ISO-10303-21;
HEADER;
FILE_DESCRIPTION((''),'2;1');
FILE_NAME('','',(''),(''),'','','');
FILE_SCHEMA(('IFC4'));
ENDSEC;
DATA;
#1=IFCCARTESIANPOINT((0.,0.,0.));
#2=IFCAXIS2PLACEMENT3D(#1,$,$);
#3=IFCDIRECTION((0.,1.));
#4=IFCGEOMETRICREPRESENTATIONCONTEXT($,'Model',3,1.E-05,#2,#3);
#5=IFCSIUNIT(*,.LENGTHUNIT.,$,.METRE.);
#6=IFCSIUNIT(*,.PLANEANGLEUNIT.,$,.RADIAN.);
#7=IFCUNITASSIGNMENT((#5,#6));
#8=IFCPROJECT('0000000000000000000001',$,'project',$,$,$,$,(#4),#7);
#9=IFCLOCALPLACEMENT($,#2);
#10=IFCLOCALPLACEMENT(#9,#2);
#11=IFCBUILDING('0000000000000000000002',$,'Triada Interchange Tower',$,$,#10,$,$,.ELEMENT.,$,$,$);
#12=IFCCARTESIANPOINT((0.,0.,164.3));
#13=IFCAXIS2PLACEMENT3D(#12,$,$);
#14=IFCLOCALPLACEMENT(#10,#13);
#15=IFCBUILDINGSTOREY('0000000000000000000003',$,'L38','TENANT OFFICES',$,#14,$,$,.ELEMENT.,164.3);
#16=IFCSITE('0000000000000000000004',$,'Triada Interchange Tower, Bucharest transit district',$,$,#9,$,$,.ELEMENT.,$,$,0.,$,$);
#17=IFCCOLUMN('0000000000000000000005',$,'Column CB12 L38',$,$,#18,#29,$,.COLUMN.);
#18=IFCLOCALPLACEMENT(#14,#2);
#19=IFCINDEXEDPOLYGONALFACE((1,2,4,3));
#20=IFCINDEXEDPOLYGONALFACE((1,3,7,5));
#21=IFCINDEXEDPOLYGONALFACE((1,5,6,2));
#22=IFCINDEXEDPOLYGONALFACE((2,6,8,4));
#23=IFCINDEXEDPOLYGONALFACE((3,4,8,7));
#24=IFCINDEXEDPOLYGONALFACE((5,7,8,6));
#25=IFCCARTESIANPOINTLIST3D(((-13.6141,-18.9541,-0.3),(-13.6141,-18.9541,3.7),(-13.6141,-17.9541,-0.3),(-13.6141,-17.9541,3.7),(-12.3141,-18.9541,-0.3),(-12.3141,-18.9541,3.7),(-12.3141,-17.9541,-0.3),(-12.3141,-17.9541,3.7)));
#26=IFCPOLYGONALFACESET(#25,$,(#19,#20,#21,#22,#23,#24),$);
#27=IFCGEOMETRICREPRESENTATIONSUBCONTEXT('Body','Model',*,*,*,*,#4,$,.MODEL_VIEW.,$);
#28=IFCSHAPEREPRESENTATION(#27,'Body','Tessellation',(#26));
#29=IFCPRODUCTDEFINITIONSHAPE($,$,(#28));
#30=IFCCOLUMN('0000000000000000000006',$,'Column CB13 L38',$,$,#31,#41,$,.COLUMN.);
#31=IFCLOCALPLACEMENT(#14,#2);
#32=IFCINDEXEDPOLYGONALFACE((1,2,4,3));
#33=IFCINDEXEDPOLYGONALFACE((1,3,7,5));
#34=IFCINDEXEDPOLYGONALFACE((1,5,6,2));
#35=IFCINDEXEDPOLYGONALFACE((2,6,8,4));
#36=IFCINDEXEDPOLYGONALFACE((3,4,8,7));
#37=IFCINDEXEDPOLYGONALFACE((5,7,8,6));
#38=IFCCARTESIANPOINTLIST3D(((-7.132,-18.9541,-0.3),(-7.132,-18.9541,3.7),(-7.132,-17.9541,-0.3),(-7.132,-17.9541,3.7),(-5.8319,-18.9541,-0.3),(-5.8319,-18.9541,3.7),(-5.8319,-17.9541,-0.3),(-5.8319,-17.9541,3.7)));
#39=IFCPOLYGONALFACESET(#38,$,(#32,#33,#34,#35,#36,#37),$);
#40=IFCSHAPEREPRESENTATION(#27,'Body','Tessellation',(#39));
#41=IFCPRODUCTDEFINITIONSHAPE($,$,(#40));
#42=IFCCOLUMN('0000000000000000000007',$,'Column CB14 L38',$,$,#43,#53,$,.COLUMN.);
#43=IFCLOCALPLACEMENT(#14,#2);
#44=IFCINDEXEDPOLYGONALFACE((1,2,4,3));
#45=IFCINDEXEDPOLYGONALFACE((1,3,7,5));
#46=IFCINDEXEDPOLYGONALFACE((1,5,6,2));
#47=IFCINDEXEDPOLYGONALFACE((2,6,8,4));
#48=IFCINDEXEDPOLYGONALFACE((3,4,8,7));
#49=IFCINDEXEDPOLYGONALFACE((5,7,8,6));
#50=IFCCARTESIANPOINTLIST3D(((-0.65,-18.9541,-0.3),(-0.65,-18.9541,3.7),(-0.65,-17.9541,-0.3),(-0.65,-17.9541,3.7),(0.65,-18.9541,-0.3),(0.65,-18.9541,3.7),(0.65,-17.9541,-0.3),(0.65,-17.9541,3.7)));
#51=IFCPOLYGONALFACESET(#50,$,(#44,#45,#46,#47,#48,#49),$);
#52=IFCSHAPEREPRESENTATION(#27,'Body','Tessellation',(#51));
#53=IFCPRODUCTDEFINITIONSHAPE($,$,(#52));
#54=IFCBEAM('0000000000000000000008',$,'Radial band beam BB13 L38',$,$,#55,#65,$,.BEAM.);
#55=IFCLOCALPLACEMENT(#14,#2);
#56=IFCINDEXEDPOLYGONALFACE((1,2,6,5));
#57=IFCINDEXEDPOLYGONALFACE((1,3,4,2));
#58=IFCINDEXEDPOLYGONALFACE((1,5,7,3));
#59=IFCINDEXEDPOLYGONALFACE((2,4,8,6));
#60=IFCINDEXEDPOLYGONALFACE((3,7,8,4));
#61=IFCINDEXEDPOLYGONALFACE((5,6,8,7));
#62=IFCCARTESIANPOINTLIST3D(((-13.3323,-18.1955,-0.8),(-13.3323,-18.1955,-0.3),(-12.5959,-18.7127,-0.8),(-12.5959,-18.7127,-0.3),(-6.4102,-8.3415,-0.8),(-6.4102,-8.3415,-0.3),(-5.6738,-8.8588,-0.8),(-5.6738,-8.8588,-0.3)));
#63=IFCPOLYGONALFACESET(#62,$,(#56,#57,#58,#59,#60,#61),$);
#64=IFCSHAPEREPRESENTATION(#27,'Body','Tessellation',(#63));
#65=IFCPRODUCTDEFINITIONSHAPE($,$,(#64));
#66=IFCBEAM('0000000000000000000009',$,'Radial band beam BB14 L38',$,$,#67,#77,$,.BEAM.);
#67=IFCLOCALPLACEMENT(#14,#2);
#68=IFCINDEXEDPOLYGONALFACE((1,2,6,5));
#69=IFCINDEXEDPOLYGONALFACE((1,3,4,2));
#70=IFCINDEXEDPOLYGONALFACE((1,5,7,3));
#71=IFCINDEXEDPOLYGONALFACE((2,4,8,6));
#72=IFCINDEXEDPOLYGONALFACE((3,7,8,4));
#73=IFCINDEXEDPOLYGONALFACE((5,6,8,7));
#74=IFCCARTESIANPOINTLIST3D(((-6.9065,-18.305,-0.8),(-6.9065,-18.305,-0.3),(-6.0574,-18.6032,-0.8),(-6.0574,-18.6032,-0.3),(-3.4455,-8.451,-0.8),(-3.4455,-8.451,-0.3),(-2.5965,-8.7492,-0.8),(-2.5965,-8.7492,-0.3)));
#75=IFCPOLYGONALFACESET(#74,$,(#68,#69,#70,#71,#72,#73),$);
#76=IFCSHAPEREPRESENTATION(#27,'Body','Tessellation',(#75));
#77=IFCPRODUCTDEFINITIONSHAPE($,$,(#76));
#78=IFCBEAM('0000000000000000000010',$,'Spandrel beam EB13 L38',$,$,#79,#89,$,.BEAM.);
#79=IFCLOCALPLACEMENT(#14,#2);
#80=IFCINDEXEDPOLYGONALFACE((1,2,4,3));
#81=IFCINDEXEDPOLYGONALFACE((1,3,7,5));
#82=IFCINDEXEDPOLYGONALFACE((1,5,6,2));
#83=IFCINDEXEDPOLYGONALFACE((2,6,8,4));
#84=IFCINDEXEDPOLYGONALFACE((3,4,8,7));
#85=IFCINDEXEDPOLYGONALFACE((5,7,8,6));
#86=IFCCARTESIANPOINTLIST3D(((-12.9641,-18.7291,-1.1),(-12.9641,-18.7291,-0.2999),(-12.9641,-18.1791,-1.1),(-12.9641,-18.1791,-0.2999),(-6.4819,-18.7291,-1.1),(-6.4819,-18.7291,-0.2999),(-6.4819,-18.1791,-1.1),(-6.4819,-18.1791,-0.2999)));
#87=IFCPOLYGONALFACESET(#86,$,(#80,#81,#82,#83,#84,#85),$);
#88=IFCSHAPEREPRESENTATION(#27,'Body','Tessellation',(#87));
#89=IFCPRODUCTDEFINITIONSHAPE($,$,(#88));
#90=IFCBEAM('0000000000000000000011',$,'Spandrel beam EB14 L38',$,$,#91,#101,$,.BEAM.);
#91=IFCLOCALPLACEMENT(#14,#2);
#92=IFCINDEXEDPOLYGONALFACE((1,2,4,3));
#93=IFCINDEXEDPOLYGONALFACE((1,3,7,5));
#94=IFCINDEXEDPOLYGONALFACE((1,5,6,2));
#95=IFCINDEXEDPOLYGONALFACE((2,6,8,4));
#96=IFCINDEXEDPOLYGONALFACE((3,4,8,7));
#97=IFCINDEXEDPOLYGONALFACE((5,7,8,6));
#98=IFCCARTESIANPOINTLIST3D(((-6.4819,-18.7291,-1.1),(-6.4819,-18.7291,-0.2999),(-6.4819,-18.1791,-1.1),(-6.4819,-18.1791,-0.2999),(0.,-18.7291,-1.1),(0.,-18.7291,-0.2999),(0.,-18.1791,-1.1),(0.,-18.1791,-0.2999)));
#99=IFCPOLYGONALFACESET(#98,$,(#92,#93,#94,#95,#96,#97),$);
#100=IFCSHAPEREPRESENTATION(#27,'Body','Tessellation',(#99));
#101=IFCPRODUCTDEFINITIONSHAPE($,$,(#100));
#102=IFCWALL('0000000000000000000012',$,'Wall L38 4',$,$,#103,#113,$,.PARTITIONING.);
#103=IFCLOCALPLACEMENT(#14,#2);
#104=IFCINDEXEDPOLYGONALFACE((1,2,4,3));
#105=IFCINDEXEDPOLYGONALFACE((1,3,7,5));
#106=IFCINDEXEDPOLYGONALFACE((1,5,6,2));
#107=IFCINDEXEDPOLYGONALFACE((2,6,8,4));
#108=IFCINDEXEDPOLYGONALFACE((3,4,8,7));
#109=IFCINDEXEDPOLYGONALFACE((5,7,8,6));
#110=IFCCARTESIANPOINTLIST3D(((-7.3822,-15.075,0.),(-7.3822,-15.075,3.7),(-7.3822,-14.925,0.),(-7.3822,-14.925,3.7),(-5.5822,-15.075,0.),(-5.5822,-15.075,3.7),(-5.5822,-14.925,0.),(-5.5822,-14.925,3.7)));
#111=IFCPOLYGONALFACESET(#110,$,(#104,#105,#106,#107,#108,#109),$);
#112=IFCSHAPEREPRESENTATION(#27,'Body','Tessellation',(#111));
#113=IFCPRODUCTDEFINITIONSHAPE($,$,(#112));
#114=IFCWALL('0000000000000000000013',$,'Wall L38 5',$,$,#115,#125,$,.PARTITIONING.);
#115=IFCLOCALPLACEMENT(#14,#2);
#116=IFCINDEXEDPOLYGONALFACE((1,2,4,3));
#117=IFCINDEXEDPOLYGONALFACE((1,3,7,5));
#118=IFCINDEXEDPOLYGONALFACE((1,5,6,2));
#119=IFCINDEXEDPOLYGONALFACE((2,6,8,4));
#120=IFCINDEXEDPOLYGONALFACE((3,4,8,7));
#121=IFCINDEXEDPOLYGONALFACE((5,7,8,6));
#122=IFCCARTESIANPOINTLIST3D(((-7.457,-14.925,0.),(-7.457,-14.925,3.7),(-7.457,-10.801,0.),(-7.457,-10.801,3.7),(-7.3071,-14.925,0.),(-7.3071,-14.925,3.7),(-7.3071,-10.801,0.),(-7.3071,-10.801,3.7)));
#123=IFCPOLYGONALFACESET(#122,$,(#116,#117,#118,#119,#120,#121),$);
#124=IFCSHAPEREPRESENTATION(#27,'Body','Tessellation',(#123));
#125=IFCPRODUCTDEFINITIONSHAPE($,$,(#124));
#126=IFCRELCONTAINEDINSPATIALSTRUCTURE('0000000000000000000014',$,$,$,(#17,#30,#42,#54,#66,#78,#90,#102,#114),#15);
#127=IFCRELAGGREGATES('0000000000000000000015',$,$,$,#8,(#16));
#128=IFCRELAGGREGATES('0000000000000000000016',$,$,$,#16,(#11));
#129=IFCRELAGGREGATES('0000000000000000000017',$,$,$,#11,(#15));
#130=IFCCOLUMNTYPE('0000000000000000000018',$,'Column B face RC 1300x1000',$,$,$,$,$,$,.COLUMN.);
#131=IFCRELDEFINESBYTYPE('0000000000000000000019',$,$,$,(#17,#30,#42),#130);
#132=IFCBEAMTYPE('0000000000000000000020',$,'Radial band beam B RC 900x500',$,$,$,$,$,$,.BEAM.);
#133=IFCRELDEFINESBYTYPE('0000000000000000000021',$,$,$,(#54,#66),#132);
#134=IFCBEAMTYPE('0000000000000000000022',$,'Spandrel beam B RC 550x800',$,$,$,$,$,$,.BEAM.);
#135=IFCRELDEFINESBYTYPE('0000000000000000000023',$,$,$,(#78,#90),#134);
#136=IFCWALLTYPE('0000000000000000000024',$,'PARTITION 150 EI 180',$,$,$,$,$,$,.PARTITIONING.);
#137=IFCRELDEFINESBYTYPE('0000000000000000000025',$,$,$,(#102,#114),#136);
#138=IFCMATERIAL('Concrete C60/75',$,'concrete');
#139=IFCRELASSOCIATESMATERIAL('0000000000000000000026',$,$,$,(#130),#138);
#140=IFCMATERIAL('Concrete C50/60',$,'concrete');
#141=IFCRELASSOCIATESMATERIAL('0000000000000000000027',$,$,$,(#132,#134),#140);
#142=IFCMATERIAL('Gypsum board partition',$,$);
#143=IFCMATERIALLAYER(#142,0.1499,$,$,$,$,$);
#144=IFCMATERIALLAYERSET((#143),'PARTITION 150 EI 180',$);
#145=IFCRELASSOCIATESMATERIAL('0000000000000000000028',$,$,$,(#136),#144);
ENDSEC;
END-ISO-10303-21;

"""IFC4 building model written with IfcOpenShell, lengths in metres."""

from ifc_helpers import new_model, si_unit, direction, frame, frame_2d, origin, origin_2d, place, context, subcontext, project, spatial, rectangle, extrude, material, layer, layer_set, material_profile, profile_set, type_object, element, save


model = new_model("IFC4")

# Units and contexts
model_context = context("Model", 3, precision=1e-05, world=origin(), true_north=direction((0.0, 1.0)))
body_context = subcontext(model_context, "Body", "Model", "MODEL_VIEW")
ifc_project = project(units=[si_unit("LENGTHUNIT", "METRE"), si_unit("PLANEANGLEUNIT", "RADIAN")], contexts=[model_context])

# Site, building, storey
site_placement = place(None, origin())
site = spatial("IfcSite", under=ifc_project, at=site_placement, Name="Triada Interchange Tower, Bucharest transit district", CompositionType="ELEMENT", RefElevation=0.0)
building_placement = place(site_placement, origin())
building = spatial("IfcBuilding", under=site, at=building_placement, Name="Triada Interchange Tower", CompositionType="ELEMENT")
storey_placement = place(building_placement, frame((0.0, 0.0, 164.3)))
storey = spatial("IfcBuildingStorey", under=building, at=storey_placement, Name="L38", Description="TENANT OFFICES", CompositionType="ELEMENT", Elevation=164.3)

# Columns
ifc_material_1 = material(Name="Concrete C60/75", Category="concrete")
ifc_material_profile_1 = material_profile(ifc_material_1, rectangle(XDim=1.3, YDim=1.0, at=origin_2d()), Name="RC 1300x1000")
ifc_profile_set_1 = profile_set([ifc_material_profile_1], Name="Concrete C60/75")
column_type = type_object("IfcColumnType", Name="Column B face RC 1300x1000", PredefinedType="COLUMN", material=ifc_profile_set_1)
for number, where, z_axis, x_axis, name in (
    (1, (-12.9641, -18.4541, -0.3), (0.0, 0.0, 1.0), (1.0, 0.0, 0.0), "Column CB12 L38"),
    (2, (-6.4819, -18.4541, -0.3), (0.0, 0.0, 1.0), (1.0, 0.0, 0.0), "Column CB13 L38"),
    (3, (0.0, -18.4541, -0.3), (0.0, 0.0, 1.0), (1.0, 0.0, 0.0), "Column CB14 L38"),
):
    element("IfcColumn", number, at=place(storey_placement, frame(where, z_axis=z_axis, x_axis=x_axis)), inside=storey, type_object=column_type, Name=name, PredefinedType="COLUMN", context=body_context, shape_type="SweptSolid", body=[
        extrude(rectangle(XDim=1.3, YDim=1.0, at=origin_2d()), origin(), (0.0, 0.0, 1.0), 4.0),
    ])

# Beams
ifc_material_2 = material(Name="Concrete C50/60", Category="concrete")
ifc_material_profile_2 = material_profile(ifc_material_2, rectangle(XDim=0.8999, YDim=0.5, at=origin_2d()), Name="RC 900x500")
ifc_profile_set_2 = profile_set([ifc_material_profile_2], Name="Concrete C50/60")
beam_type_1 = type_object("IfcBeamType", Name="Radial band beam B RC 900x500", PredefinedType="BEAM", material=ifc_profile_set_2)
beam_1_placement = place(storey_placement, frame((-12.9641, -18.4541, -0.55), z_axis=(0.574817, 0.818282, 0.0), x_axis=(-0.818282, 0.574817, 0.0)))
element("IfcBeam", 4, at=beam_1_placement, inside=storey, type_object=beam_type_1, Name="Radial band beam BB13 L38", PredefinedType="BEAM", context=body_context, shape_type="SweptSolid", body=[
    extrude(rectangle(XDim=0.8999, YDim=0.5, at=origin_2d()), origin(), (0.0, 0.0, 1.0), 12.0422),
])
beam_2_placement = place(storey_placement, frame((-6.4819, -18.4541, -0.55), z_axis=(0.331377, 0.943498, 0.0), x_axis=(-0.943498, 0.331377, 0.0)))
element("IfcBeam", 5, at=beam_2_placement, inside=storey, type_object=beam_type_1, Name="Radial band beam BB14 L38", PredefinedType="BEAM", context=body_context, shape_type="SweptSolid", body=[
    extrude(rectangle(XDim=0.8999, YDim=0.5, at=origin_2d()), origin(), (0.0, 0.0, 1.0), 10.4441),
])
ifc_material_profile_3 = material_profile(ifc_material_2, rectangle(XDim=0.55, YDim=0.8, at=origin_2d()), Name="RC 550x800")
ifc_profile_set_3 = profile_set([ifc_material_profile_3], Name="Concrete C50/60")
beam_type_2 = type_object("IfcBeamType", Name="Spandrel beam B RC 550x800", PredefinedType="BEAM", material=ifc_profile_set_3)
beam_3_placement = place(storey_placement, frame((-12.9641, -18.4541, -0.7), z_axis=(1.0, 0.0, 0.0), x_axis=(0.0, 1.0, 0.0)))
element("IfcBeam", 6, at=beam_3_placement, inside=storey, type_object=beam_type_2, Name="Spandrel beam EB13 L38", PredefinedType="BEAM", context=body_context, shape_type="SweptSolid", body=[
    extrude(rectangle(XDim=0.55, YDim=0.8, at=origin_2d()), origin(), (0.0, 0.0, 1.0), 6.4822),
])
beam_4_placement = place(storey_placement, frame((-6.4819, -18.4541, -0.7), z_axis=(1.0, 0.0, 0.0), x_axis=(0.0, 1.0, 0.0)))
element("IfcBeam", 7, at=beam_4_placement, inside=storey, type_object=beam_type_2, Name="Spandrel beam EB14 L38", PredefinedType="BEAM", context=body_context, shape_type="SweptSolid", body=[
    extrude(rectangle(XDim=0.55, YDim=0.8, at=origin_2d()), origin(), (0.0, 0.0, 1.0), 6.4819),
])

# Walls
ifc_material_3 = material(Name="Gypsum board partition")
ifc_layer_1 = layer(ifc_material_3, 0.1499)
ifc_layer_set_1 = layer_set([ifc_layer_1], Name="PARTITION 150 EI 180")
wall_type = type_object("IfcWallType", Name="PARTITION 150 EI 180", PredefinedType="PARTITIONING", material=ifc_layer_set_1)
wall_1_placement = place(storey_placement, frame((-7.3821, -15.0, 0.0), z_axis=(0.0, 0.0, 1.0), x_axis=(1.0, 0.0, 0.0)))
element("IfcWall", 8, at=wall_1_placement, inside=storey, type_object=wall_type, Name="Wall L38 4", PredefinedType="PARTITIONING", context=body_context, shape_type="SweptSolid", body=[
    extrude(rectangle(XDim=1.8, YDim=0.1499, at=frame_2d((0.8999, 0.0))), origin(), (0.0, 0.0, 1.0), 3.7),
])
wall_2_placement = place(storey_placement, frame((-7.3821, -14.925, 0.0), z_axis=(0.0, 0.0, 1.0), x_axis=(0.0, 1.0, 0.0)))
element("IfcWall", 9, at=wall_2_placement, inside=storey, type_object=wall_type, Name="Wall L38 5", PredefinedType="PARTITIONING", context=body_context, shape_type="SweptSolid", body=[
    extrude(rectangle(XDim=4.124, YDim=0.1499, at=frame_2d((2.062, 0.0))), origin(), (0.0, 0.0, 1.0), 3.7),
])

save(model, "model.ifc")
